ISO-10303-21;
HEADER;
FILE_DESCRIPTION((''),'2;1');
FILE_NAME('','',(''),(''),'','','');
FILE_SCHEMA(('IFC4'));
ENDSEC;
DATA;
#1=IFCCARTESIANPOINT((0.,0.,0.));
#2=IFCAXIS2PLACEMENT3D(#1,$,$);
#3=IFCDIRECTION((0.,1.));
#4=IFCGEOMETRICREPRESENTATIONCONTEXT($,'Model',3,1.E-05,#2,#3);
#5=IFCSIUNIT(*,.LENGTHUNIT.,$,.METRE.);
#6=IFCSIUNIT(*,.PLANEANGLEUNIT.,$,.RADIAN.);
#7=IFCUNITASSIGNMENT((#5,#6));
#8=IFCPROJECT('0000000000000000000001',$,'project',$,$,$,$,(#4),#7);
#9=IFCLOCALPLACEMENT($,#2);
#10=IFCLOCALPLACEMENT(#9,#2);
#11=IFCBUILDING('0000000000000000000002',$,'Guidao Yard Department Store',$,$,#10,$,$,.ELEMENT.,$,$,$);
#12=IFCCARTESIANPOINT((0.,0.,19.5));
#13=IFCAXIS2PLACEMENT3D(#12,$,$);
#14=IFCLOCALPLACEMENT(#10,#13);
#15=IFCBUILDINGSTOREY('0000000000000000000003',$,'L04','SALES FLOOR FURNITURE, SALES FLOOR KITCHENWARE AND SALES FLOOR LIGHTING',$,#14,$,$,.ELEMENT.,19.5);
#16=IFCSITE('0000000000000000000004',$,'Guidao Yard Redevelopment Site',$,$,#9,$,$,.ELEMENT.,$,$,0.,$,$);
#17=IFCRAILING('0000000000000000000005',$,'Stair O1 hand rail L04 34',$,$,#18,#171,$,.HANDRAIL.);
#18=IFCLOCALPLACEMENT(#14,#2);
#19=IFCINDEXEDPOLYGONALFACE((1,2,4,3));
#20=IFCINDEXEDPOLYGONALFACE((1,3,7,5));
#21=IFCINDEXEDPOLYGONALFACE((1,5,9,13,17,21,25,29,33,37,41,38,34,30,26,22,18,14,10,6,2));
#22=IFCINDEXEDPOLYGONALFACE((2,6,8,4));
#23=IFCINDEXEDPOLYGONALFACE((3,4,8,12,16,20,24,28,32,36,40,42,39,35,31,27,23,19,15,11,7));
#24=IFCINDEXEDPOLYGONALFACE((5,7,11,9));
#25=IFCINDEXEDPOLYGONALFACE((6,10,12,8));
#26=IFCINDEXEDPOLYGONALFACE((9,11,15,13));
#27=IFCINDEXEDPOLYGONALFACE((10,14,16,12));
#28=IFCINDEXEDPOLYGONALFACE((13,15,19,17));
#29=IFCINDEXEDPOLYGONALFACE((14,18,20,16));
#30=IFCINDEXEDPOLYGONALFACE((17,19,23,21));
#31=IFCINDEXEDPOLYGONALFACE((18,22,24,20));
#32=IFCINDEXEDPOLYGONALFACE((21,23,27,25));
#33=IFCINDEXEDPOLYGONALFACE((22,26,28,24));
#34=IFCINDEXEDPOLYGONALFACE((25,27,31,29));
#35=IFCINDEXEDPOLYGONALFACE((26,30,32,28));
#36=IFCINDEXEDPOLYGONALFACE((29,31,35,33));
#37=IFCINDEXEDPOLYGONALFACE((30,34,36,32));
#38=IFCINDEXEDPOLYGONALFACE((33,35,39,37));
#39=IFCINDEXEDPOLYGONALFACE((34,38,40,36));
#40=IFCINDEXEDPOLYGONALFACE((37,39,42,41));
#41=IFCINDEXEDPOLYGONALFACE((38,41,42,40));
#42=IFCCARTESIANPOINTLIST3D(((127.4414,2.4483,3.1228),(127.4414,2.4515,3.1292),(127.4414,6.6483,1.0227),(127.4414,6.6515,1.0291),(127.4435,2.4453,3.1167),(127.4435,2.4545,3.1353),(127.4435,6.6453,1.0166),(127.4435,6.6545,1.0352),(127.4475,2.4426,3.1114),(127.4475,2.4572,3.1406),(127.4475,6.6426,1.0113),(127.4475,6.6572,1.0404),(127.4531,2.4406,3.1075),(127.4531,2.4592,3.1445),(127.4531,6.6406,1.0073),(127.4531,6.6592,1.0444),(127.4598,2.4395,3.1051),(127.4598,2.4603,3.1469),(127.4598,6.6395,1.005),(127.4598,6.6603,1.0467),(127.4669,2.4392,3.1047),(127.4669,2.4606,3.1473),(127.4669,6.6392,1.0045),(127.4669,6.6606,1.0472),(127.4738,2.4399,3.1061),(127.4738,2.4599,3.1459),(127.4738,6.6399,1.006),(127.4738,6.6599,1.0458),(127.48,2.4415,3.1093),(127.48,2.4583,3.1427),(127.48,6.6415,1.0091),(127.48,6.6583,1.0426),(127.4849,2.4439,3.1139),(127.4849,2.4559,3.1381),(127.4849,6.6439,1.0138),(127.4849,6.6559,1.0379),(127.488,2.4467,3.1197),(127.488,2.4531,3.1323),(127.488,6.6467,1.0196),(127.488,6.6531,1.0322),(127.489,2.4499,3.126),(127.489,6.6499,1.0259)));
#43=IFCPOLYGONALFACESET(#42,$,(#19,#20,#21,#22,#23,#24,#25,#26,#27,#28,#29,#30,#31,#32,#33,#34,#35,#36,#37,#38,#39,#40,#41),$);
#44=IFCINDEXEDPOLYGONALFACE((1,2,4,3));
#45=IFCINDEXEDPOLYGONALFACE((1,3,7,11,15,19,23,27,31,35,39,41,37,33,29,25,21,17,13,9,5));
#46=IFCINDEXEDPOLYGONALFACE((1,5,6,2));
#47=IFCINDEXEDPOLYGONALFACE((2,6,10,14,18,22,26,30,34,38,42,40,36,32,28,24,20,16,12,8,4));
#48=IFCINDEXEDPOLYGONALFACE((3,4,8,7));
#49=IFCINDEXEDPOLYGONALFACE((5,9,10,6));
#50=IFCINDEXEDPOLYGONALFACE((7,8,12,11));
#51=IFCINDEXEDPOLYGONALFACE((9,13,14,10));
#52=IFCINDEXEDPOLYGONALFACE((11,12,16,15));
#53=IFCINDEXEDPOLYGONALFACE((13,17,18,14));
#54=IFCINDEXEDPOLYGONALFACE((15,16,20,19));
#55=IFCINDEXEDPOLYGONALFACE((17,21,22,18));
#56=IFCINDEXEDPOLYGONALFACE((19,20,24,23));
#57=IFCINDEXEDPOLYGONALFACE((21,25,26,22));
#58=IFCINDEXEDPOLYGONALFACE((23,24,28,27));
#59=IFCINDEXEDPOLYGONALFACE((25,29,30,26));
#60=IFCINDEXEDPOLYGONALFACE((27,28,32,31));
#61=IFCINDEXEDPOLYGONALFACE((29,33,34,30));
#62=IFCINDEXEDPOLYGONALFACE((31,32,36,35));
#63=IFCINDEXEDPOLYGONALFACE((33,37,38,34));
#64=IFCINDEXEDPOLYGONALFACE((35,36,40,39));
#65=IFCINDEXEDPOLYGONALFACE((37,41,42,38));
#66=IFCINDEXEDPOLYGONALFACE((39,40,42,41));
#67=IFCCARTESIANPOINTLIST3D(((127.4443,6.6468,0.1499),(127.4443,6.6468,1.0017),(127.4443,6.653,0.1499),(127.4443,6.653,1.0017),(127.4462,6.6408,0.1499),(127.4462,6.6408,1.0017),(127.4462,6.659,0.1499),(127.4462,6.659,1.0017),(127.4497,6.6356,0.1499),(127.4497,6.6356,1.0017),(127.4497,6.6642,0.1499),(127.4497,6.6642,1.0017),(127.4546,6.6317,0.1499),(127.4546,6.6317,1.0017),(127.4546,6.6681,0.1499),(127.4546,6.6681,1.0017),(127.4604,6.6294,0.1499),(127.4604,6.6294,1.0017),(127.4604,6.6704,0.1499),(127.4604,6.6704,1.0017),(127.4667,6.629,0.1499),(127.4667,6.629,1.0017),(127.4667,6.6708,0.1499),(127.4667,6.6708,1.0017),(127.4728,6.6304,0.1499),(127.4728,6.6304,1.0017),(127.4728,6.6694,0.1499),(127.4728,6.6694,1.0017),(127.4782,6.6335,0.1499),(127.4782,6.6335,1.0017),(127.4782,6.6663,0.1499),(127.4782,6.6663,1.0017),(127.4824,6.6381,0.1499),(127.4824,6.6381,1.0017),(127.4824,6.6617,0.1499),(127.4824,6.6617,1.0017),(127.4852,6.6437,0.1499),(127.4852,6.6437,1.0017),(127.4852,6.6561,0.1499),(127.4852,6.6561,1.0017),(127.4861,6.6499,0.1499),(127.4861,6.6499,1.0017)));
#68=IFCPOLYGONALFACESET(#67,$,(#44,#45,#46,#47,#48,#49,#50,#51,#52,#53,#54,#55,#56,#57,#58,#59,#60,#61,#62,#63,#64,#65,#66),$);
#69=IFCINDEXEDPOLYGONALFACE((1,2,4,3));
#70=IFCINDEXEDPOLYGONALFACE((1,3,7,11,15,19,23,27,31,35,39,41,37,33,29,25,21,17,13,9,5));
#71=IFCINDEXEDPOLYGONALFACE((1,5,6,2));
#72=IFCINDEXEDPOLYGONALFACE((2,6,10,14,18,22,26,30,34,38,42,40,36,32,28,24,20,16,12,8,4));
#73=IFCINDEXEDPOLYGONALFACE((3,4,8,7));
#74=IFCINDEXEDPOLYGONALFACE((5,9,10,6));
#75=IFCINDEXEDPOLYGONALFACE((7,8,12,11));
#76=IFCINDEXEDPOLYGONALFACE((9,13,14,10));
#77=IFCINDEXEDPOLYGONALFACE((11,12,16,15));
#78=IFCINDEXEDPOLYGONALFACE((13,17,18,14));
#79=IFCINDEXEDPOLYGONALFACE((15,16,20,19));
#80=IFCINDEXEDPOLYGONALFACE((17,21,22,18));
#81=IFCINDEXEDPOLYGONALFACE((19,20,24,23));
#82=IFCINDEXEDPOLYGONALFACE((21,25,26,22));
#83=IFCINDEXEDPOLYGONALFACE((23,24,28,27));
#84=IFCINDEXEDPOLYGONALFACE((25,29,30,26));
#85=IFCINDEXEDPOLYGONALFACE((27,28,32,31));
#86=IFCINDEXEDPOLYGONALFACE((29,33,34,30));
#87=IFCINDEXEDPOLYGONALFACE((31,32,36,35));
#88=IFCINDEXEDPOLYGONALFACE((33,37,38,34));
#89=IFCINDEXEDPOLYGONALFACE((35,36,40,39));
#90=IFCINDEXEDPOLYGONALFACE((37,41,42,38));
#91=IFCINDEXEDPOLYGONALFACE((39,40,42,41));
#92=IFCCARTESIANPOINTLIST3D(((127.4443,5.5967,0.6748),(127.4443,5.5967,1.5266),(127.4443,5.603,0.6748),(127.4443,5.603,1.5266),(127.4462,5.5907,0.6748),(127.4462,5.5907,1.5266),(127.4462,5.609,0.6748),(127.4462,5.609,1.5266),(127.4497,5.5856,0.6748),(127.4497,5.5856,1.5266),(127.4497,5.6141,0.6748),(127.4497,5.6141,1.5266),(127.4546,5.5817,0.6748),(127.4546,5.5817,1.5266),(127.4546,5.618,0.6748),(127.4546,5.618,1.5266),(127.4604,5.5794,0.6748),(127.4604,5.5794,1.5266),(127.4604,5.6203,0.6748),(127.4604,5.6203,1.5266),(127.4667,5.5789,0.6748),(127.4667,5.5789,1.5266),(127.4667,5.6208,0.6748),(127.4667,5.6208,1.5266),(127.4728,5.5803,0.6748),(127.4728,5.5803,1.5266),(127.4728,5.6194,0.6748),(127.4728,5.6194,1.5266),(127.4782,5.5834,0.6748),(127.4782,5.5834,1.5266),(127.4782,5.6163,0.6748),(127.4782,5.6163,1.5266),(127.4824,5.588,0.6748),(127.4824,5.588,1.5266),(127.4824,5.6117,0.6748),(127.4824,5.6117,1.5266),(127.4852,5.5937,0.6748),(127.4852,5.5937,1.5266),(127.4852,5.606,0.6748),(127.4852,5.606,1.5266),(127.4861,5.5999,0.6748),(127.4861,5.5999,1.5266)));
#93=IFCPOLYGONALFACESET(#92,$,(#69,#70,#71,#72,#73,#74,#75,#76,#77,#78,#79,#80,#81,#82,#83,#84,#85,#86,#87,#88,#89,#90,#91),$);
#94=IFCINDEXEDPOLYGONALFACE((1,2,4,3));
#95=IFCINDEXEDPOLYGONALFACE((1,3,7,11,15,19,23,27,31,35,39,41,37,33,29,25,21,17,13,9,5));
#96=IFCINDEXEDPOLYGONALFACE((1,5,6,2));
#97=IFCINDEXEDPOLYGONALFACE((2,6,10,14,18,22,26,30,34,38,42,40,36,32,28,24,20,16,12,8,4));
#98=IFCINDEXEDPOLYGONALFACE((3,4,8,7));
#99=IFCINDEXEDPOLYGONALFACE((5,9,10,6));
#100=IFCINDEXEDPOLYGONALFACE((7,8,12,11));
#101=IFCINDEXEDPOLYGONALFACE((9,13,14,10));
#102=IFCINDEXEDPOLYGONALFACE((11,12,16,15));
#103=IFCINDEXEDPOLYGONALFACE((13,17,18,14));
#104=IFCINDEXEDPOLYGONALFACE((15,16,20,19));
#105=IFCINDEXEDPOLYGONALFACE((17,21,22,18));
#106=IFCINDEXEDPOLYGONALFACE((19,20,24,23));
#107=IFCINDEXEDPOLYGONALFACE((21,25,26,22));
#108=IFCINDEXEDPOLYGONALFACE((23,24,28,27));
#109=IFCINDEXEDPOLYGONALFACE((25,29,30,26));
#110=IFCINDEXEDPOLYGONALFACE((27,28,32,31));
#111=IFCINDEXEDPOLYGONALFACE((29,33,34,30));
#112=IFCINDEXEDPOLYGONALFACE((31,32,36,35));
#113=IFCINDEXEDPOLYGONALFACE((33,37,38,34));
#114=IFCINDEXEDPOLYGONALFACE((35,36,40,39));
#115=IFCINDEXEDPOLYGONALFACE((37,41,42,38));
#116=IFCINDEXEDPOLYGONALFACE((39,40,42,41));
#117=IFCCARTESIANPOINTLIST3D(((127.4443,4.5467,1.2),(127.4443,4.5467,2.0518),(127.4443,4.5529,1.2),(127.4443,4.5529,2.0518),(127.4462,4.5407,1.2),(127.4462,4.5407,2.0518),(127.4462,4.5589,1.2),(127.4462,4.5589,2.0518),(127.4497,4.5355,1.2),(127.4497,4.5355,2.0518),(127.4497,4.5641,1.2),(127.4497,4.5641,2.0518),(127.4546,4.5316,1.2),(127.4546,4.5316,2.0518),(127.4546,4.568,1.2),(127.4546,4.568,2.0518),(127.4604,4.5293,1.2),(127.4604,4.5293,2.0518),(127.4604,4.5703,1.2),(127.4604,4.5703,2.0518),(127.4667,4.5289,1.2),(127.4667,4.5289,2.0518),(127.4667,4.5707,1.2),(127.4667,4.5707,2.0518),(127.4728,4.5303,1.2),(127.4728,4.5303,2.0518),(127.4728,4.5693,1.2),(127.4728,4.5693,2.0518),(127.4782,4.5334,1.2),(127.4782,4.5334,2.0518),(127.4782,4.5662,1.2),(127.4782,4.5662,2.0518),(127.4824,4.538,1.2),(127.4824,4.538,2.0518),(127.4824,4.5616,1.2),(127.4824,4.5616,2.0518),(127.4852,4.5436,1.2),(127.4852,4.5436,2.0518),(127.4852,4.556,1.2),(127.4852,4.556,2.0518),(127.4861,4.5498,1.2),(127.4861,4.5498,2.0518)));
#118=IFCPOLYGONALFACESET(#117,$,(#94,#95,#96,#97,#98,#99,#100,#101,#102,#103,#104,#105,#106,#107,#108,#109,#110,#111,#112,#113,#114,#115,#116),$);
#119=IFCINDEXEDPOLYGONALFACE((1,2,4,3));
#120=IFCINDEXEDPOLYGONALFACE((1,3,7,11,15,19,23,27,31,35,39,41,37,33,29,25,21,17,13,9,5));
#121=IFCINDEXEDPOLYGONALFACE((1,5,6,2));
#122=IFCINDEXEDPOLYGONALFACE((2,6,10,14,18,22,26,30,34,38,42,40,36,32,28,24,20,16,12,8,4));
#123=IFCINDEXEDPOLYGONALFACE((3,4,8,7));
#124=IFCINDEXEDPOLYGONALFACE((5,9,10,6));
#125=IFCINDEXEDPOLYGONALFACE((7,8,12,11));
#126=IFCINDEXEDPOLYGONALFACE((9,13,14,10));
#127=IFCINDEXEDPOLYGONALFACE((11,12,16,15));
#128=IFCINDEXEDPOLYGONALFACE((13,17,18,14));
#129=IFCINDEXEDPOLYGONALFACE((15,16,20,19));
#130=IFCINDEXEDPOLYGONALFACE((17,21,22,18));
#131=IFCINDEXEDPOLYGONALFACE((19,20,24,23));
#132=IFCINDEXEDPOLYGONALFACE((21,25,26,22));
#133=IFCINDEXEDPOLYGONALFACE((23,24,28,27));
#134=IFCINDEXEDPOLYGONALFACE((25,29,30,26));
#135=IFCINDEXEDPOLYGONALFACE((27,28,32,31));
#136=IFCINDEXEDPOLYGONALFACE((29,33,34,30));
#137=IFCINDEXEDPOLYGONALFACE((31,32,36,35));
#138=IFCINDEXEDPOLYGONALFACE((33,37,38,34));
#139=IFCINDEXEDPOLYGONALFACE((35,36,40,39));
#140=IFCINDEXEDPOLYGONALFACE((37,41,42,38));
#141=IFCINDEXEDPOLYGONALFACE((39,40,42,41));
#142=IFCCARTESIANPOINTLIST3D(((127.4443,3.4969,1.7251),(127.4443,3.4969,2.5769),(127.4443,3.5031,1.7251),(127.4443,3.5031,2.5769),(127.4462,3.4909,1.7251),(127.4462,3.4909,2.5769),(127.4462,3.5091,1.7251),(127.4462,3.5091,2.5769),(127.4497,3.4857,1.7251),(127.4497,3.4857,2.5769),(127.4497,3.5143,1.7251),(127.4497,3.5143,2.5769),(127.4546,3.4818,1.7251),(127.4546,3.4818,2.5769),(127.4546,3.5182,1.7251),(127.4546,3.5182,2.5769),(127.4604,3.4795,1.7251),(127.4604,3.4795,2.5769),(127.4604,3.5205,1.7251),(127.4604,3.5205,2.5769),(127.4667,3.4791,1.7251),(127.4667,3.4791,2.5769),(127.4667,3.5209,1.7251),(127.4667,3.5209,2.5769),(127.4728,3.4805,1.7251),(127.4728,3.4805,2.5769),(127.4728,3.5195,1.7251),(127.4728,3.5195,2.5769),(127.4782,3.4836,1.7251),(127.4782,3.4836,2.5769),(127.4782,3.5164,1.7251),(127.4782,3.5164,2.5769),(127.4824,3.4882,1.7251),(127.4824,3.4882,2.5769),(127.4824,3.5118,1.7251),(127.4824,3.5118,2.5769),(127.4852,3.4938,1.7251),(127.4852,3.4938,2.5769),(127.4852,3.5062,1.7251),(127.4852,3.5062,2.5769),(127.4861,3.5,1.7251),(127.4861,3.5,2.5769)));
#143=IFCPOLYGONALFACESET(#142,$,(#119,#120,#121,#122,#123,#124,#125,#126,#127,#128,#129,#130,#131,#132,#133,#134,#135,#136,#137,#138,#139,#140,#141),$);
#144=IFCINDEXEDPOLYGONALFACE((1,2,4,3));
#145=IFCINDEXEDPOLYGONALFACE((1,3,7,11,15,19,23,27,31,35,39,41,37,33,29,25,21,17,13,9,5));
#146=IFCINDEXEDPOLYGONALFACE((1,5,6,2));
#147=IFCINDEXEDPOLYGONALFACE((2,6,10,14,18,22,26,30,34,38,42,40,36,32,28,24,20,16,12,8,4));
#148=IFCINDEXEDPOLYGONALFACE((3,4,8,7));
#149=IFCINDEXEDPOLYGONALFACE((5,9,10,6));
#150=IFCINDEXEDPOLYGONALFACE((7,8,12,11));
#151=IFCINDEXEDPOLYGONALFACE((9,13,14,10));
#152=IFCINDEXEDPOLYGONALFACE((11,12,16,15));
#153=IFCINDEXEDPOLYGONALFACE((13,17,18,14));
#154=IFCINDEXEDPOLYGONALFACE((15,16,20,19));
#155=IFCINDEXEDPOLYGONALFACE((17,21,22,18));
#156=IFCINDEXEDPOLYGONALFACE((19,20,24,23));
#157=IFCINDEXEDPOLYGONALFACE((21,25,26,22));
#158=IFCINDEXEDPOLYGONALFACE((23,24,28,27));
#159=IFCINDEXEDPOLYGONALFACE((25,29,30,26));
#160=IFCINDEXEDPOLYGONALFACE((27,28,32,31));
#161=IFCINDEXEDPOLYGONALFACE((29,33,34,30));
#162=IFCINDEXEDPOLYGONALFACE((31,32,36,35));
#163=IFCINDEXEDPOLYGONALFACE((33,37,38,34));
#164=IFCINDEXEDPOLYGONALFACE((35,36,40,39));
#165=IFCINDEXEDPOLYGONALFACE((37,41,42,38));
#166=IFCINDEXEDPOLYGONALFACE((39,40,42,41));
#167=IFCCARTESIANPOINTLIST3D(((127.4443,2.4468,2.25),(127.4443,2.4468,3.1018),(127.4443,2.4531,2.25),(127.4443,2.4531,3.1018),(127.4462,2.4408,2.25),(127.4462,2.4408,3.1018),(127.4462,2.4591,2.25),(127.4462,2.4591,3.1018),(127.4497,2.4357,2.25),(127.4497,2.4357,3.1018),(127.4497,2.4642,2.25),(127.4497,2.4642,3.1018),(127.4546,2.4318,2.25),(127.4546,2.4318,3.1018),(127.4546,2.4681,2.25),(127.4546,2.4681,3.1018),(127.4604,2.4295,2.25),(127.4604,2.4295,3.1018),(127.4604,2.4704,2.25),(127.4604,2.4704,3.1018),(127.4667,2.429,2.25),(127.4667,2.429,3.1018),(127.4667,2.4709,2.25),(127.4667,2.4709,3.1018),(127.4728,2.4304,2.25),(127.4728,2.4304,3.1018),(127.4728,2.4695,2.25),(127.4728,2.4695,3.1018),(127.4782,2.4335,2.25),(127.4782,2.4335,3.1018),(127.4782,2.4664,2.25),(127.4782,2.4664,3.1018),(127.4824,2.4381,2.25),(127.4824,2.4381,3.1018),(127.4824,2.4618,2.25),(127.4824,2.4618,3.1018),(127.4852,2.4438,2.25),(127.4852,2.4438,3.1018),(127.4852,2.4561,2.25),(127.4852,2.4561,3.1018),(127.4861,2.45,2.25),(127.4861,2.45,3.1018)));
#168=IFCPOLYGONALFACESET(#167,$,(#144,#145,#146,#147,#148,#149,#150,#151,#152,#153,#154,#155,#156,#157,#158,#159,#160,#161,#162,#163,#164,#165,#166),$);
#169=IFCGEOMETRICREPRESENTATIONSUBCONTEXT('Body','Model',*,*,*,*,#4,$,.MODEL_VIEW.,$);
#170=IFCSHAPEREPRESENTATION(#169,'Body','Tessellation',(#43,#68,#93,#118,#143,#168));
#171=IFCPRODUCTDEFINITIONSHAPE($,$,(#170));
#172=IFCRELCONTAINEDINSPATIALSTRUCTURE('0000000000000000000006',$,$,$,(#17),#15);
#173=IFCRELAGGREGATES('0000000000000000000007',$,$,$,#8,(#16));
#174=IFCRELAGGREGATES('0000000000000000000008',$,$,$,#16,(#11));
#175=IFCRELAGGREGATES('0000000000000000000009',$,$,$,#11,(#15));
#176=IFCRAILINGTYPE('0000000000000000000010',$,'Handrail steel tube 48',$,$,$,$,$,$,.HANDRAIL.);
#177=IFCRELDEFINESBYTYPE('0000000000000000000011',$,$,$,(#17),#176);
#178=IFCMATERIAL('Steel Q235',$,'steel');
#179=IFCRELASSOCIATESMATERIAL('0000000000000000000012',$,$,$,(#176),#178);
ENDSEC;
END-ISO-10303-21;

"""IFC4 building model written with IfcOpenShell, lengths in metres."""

from ifc_helpers import new_model, si_unit, direction, frame, origin, origin_2d, place, context, subcontext, project, spatial, circle, extrude, material, type_object, element, save


model = new_model("IFC4")

# Units and contexts
model_context = context("Model", 3, precision=1e-05, world=origin(), true_north=direction((0.0, 1.0)))
body_context = subcontext(model_context, "Body", "Model", "MODEL_VIEW")
ifc_project = project(units=[si_unit("LENGTHUNIT", "METRE"), si_unit("PLANEANGLEUNIT", "RADIAN")], contexts=[model_context])

# Site, building, storey
site_placement = place(None, origin())
site = spatial("IfcSite", under=ifc_project, at=site_placement, Name="Guidao Yard Redevelopment Site", CompositionType="ELEMENT", RefElevation=0.0)
building_placement = place(site_placement, origin())
building = spatial("IfcBuilding", under=site, at=building_placement, Name="Guidao Yard Department Store", CompositionType="ELEMENT")
storey_placement = place(building_placement, frame((0.0, 0.0, 19.5)))
storey = spatial("IfcBuildingStorey", under=building, at=storey_placement, Name="L04", Description="SALES FLOOR FURNITURE, SALES FLOOR KITCHENWARE AND SALES FLOOR LIGHTING", CompositionType="ELEMENT", Elevation=19.5)

# Railing
ifc_material_1 = material(Name="Steel Q235", Category="steel")
railing_type_1 = type_object("IfcRailingType", Name="Handrail steel tube 48", PredefinedType="HANDRAIL", material=ifc_material_1)
for number, where, name in (
    (1, (127.4651, 6.6499, 0.1499), "Stair O1 hand rail L04 34"),
):
    element("IfcRailing", number, at=place(storey_placement, frame(where)), inside=storey, type_object=railing_type_1, Name=name, PredefinedType="HANDRAIL", context=body_context, shape_type="SweptSolid", body=[
        extrude(circle(Radius=0.0239, at=origin_2d()), frame((0.0, 0.0, 0.876), z_axis=(0.0, -0.894417, 0.447234), x_axis=(1.0, 0.0, 0.0)), (0.0, 0.0, 1.0), 4.6958),
        extrude(circle(Radius=0.021, at=origin_2d()), origin(), (0.0, 0.0, 1.0), 0.8518),
        extrude(circle(Radius=0.021, at=origin_2d()), frame((0.0, -1.05, 0.5249)), (0.0, 0.0, 1.0), 0.8518),
        extrude(circle(Radius=0.021, at=origin_2d()), frame((0.0, -2.1001, 1.05)), (0.0, 0.0, 1.0), 0.8518),
        extrude(circle(Radius=0.021, at=origin_2d()), frame((0.0, -3.1499, 1.5752)), (0.0, 0.0, 1.0), 0.8518),
        extrude(circle(Radius=0.021, at=origin_2d()), frame((0.0, -4.2, 2.1001)), (0.0, 0.0, 1.0), 0.8518),
    ])

save(model, "model.ifc")
